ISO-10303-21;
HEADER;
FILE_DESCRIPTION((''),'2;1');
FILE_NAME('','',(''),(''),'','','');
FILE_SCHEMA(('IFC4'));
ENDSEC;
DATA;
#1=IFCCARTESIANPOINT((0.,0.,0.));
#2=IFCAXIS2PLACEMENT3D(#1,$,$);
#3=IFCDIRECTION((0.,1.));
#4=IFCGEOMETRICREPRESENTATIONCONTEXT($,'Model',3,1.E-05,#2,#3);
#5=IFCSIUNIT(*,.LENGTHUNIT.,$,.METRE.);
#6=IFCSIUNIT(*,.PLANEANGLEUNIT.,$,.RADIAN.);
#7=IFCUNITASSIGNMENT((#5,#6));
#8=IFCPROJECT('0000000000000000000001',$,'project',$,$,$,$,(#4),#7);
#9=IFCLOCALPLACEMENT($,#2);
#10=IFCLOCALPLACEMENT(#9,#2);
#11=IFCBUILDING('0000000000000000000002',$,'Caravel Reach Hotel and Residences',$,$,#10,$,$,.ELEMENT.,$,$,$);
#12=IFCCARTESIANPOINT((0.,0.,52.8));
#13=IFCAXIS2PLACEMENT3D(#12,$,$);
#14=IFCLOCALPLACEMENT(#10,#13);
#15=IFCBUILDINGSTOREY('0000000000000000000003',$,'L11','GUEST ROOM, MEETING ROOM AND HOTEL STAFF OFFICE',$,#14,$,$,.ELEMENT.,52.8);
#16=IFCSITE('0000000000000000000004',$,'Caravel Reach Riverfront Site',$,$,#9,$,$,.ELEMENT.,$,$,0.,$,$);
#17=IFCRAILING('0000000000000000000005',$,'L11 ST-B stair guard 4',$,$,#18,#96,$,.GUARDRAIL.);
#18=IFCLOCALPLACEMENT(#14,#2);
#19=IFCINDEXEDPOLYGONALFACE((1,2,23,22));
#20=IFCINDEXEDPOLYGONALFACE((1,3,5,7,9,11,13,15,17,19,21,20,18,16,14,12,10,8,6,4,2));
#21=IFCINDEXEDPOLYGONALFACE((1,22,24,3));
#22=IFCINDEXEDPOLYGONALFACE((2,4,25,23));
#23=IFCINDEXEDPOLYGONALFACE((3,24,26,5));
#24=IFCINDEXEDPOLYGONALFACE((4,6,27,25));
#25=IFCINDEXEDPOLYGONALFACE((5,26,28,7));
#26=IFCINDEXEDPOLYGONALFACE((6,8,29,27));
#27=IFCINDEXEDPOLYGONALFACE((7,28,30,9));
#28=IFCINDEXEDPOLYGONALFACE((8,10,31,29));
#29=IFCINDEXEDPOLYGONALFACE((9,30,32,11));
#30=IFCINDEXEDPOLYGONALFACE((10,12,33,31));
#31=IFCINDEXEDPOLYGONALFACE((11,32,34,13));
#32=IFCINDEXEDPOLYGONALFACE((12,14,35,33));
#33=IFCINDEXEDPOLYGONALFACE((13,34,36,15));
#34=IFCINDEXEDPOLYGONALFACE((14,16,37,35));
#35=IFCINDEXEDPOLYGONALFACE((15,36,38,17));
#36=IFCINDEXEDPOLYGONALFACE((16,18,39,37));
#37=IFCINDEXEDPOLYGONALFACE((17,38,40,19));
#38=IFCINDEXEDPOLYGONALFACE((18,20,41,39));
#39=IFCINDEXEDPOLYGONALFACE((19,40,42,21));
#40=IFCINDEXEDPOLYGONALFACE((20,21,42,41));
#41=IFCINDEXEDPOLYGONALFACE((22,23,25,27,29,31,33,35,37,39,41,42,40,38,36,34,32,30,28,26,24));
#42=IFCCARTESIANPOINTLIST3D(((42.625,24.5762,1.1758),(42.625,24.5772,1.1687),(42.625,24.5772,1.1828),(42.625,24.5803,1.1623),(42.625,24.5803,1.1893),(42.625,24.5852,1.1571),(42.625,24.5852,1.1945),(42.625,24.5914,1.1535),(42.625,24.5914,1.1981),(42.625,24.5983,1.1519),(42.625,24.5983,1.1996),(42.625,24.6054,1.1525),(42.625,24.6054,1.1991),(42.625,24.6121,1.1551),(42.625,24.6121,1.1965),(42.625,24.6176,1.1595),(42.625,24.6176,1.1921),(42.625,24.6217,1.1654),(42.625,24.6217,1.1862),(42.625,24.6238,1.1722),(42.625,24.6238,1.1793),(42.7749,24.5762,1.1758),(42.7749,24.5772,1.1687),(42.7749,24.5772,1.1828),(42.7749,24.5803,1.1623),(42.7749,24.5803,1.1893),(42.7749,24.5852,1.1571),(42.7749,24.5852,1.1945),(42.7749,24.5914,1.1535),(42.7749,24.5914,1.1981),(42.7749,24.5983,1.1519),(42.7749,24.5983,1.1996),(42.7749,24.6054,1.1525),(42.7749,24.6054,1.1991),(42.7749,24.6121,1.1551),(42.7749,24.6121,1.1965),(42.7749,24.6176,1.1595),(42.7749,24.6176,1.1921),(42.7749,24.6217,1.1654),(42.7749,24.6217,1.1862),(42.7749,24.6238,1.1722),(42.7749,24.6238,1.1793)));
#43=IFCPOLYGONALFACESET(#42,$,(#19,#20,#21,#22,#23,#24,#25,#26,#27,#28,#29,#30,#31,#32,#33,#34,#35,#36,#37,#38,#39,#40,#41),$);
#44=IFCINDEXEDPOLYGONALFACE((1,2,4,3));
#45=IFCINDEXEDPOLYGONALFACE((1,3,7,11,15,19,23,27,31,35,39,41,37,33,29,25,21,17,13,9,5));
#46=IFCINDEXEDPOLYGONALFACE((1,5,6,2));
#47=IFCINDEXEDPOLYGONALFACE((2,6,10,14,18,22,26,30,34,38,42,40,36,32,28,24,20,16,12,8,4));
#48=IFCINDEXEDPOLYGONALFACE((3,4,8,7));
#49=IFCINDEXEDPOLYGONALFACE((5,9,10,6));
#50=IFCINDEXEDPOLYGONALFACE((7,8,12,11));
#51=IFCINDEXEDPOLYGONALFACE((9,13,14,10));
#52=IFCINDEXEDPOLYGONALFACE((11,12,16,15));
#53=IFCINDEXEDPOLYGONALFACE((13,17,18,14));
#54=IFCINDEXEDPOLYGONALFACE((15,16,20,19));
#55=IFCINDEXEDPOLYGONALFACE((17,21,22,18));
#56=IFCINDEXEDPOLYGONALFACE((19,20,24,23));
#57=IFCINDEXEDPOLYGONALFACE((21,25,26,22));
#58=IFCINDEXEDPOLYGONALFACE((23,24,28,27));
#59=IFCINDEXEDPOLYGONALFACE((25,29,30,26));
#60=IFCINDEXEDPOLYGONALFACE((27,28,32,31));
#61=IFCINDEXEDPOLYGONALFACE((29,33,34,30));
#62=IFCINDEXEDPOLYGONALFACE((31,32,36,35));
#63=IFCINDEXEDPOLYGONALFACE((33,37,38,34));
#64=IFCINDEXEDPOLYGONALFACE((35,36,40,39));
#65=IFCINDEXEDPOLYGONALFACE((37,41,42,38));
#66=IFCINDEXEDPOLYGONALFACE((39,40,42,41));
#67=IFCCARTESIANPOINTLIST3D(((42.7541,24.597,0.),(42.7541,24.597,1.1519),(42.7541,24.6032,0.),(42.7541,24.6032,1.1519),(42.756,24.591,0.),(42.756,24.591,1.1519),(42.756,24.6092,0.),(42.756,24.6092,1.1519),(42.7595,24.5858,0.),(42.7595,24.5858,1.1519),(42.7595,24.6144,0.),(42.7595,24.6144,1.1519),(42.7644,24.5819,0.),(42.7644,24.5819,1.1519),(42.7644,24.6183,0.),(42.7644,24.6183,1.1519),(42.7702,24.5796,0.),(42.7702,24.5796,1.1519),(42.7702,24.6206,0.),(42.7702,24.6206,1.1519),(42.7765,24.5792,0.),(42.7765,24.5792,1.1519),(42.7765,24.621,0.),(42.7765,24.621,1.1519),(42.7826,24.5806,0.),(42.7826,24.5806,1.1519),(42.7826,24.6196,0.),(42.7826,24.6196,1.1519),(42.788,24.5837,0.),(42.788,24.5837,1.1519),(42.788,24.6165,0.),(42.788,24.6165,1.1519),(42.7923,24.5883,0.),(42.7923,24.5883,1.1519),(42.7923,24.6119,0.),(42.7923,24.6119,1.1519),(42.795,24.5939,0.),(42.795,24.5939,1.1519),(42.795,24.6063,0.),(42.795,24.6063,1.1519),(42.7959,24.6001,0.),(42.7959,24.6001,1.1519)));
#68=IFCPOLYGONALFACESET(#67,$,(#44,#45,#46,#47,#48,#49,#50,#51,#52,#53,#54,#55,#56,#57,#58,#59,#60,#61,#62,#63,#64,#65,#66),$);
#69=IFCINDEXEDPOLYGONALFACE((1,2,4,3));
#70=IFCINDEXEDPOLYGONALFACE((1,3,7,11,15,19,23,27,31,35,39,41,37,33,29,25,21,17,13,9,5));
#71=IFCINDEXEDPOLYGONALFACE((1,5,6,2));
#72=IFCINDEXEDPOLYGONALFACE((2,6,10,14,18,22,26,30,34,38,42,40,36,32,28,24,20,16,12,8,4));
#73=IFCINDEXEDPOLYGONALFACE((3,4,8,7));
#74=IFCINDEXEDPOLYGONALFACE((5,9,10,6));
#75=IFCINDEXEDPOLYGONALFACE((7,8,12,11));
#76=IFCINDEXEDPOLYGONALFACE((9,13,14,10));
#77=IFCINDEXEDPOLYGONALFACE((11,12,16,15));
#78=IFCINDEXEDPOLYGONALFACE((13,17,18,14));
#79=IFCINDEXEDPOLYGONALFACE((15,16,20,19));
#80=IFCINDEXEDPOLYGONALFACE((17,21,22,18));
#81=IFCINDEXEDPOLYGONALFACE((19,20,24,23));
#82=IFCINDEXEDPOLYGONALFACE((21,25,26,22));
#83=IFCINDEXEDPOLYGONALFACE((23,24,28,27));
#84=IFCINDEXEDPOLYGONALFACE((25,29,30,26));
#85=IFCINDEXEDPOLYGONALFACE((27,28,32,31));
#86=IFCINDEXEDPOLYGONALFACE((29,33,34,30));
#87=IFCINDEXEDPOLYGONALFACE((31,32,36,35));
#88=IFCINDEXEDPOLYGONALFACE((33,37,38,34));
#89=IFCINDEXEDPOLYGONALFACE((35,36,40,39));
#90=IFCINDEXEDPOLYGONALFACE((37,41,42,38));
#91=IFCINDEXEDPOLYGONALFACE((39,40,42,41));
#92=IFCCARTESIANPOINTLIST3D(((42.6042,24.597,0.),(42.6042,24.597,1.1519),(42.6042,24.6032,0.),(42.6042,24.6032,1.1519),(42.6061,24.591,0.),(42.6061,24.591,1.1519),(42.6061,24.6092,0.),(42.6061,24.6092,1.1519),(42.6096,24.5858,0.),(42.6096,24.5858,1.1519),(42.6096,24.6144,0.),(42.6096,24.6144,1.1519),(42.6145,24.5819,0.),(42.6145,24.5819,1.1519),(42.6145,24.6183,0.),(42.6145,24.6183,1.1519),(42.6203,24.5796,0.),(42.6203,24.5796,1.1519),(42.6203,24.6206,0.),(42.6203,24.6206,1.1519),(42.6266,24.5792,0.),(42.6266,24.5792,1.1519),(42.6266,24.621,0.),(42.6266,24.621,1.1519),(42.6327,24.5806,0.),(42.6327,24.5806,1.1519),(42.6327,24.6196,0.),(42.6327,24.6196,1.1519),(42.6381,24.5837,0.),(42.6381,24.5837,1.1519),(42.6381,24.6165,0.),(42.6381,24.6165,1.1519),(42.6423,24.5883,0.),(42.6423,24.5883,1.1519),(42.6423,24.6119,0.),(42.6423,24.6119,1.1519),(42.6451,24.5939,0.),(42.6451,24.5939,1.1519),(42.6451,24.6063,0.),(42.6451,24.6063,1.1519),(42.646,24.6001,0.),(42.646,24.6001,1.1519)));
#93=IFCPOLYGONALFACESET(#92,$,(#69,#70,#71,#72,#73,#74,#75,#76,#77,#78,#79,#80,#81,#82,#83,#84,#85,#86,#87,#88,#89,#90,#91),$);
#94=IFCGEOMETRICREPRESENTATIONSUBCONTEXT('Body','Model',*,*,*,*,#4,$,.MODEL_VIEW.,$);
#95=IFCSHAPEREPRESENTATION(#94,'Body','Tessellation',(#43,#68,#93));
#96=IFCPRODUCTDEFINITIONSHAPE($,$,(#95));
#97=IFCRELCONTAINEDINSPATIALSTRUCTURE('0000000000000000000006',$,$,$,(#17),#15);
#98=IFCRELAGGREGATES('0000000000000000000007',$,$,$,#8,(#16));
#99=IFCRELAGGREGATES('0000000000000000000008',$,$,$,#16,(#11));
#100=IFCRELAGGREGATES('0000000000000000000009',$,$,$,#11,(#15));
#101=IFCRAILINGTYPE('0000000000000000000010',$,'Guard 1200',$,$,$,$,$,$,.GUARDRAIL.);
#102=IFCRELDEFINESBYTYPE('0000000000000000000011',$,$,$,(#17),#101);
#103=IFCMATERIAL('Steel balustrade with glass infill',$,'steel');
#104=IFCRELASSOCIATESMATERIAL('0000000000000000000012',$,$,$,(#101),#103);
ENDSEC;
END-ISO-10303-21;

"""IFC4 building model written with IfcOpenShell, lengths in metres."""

from ifc_helpers import new_model, si_unit, direction, frame, origin, origin_2d, place, context, subcontext, project, spatial, circle, extrude, material, type_object, element, save


model = new_model("IFC4")

# Units and contexts
model_context = context("Model", 3, precision=1e-05, world=origin(), true_north=direction((0.0, 1.0)))
body_context = subcontext(model_context, "Body", "Model", "MODEL_VIEW")
ifc_project = project(units=[si_unit("LENGTHUNIT", "METRE"), si_unit("PLANEANGLEUNIT", "RADIAN")], contexts=[model_context])

# Site, building, storey
site_placement = place(None, origin())
site = spatial("IfcSite", under=ifc_project, at=site_placement, Name="Caravel Reach Riverfront Site", CompositionType="ELEMENT", RefElevation=0.0)
building_placement = place(site_placement, origin())
building = spatial("IfcBuilding", under=site, at=building_placement, Name="Caravel Reach Hotel and Residences", CompositionType="ELEMENT")
storey_placement = place(building_placement, frame((0.0, 0.0, 52.8)))
storey = spatial("IfcBuildingStorey", under=building, at=storey_placement, Name="L11", Description="GUEST ROOM, MEETING ROOM AND HOTEL STAFF OFFICE", CompositionType="ELEMENT", Elevation=52.8)

# Railing
ifc_material_1 = material(Name="Steel balustrade with glass infill", Category="steel")
railing_type_1 = type_object("IfcRailingType", Name="Guard 1200", PredefinedType="GUARDRAIL", material=ifc_material_1)
railing_1_placement = place(storey_placement, frame((42.7749, 24.6001, 0.0)))
element("IfcRailing", 1, at=railing_1_placement, inside=storey, type_object=railing_type_1, Name="L11 ST-B stair guard 4", PredefinedType="GUARDRAIL", context=body_context, shape_type="SweptSolid", body=[
    extrude(circle(Radius=0.0239, at=origin_2d()), frame((0.0, 0.0, 1.1758), z_axis=(-1.0, 0.0, 0.0), x_axis=(0.0, -1.0, 0.0)), (0.0, 0.0, 1.0), 0.1499),
    extrude(circle(Radius=0.021, at=origin_2d()), origin(), (0.0, 0.0, 1.0), 1.1519),
    extrude(circle(Radius=0.021, at=origin_2d()), frame((-0.1499, 0.0, 0.0)), (0.0, 0.0, 1.0), 1.1519),
])

save(model, "model.ifc")
